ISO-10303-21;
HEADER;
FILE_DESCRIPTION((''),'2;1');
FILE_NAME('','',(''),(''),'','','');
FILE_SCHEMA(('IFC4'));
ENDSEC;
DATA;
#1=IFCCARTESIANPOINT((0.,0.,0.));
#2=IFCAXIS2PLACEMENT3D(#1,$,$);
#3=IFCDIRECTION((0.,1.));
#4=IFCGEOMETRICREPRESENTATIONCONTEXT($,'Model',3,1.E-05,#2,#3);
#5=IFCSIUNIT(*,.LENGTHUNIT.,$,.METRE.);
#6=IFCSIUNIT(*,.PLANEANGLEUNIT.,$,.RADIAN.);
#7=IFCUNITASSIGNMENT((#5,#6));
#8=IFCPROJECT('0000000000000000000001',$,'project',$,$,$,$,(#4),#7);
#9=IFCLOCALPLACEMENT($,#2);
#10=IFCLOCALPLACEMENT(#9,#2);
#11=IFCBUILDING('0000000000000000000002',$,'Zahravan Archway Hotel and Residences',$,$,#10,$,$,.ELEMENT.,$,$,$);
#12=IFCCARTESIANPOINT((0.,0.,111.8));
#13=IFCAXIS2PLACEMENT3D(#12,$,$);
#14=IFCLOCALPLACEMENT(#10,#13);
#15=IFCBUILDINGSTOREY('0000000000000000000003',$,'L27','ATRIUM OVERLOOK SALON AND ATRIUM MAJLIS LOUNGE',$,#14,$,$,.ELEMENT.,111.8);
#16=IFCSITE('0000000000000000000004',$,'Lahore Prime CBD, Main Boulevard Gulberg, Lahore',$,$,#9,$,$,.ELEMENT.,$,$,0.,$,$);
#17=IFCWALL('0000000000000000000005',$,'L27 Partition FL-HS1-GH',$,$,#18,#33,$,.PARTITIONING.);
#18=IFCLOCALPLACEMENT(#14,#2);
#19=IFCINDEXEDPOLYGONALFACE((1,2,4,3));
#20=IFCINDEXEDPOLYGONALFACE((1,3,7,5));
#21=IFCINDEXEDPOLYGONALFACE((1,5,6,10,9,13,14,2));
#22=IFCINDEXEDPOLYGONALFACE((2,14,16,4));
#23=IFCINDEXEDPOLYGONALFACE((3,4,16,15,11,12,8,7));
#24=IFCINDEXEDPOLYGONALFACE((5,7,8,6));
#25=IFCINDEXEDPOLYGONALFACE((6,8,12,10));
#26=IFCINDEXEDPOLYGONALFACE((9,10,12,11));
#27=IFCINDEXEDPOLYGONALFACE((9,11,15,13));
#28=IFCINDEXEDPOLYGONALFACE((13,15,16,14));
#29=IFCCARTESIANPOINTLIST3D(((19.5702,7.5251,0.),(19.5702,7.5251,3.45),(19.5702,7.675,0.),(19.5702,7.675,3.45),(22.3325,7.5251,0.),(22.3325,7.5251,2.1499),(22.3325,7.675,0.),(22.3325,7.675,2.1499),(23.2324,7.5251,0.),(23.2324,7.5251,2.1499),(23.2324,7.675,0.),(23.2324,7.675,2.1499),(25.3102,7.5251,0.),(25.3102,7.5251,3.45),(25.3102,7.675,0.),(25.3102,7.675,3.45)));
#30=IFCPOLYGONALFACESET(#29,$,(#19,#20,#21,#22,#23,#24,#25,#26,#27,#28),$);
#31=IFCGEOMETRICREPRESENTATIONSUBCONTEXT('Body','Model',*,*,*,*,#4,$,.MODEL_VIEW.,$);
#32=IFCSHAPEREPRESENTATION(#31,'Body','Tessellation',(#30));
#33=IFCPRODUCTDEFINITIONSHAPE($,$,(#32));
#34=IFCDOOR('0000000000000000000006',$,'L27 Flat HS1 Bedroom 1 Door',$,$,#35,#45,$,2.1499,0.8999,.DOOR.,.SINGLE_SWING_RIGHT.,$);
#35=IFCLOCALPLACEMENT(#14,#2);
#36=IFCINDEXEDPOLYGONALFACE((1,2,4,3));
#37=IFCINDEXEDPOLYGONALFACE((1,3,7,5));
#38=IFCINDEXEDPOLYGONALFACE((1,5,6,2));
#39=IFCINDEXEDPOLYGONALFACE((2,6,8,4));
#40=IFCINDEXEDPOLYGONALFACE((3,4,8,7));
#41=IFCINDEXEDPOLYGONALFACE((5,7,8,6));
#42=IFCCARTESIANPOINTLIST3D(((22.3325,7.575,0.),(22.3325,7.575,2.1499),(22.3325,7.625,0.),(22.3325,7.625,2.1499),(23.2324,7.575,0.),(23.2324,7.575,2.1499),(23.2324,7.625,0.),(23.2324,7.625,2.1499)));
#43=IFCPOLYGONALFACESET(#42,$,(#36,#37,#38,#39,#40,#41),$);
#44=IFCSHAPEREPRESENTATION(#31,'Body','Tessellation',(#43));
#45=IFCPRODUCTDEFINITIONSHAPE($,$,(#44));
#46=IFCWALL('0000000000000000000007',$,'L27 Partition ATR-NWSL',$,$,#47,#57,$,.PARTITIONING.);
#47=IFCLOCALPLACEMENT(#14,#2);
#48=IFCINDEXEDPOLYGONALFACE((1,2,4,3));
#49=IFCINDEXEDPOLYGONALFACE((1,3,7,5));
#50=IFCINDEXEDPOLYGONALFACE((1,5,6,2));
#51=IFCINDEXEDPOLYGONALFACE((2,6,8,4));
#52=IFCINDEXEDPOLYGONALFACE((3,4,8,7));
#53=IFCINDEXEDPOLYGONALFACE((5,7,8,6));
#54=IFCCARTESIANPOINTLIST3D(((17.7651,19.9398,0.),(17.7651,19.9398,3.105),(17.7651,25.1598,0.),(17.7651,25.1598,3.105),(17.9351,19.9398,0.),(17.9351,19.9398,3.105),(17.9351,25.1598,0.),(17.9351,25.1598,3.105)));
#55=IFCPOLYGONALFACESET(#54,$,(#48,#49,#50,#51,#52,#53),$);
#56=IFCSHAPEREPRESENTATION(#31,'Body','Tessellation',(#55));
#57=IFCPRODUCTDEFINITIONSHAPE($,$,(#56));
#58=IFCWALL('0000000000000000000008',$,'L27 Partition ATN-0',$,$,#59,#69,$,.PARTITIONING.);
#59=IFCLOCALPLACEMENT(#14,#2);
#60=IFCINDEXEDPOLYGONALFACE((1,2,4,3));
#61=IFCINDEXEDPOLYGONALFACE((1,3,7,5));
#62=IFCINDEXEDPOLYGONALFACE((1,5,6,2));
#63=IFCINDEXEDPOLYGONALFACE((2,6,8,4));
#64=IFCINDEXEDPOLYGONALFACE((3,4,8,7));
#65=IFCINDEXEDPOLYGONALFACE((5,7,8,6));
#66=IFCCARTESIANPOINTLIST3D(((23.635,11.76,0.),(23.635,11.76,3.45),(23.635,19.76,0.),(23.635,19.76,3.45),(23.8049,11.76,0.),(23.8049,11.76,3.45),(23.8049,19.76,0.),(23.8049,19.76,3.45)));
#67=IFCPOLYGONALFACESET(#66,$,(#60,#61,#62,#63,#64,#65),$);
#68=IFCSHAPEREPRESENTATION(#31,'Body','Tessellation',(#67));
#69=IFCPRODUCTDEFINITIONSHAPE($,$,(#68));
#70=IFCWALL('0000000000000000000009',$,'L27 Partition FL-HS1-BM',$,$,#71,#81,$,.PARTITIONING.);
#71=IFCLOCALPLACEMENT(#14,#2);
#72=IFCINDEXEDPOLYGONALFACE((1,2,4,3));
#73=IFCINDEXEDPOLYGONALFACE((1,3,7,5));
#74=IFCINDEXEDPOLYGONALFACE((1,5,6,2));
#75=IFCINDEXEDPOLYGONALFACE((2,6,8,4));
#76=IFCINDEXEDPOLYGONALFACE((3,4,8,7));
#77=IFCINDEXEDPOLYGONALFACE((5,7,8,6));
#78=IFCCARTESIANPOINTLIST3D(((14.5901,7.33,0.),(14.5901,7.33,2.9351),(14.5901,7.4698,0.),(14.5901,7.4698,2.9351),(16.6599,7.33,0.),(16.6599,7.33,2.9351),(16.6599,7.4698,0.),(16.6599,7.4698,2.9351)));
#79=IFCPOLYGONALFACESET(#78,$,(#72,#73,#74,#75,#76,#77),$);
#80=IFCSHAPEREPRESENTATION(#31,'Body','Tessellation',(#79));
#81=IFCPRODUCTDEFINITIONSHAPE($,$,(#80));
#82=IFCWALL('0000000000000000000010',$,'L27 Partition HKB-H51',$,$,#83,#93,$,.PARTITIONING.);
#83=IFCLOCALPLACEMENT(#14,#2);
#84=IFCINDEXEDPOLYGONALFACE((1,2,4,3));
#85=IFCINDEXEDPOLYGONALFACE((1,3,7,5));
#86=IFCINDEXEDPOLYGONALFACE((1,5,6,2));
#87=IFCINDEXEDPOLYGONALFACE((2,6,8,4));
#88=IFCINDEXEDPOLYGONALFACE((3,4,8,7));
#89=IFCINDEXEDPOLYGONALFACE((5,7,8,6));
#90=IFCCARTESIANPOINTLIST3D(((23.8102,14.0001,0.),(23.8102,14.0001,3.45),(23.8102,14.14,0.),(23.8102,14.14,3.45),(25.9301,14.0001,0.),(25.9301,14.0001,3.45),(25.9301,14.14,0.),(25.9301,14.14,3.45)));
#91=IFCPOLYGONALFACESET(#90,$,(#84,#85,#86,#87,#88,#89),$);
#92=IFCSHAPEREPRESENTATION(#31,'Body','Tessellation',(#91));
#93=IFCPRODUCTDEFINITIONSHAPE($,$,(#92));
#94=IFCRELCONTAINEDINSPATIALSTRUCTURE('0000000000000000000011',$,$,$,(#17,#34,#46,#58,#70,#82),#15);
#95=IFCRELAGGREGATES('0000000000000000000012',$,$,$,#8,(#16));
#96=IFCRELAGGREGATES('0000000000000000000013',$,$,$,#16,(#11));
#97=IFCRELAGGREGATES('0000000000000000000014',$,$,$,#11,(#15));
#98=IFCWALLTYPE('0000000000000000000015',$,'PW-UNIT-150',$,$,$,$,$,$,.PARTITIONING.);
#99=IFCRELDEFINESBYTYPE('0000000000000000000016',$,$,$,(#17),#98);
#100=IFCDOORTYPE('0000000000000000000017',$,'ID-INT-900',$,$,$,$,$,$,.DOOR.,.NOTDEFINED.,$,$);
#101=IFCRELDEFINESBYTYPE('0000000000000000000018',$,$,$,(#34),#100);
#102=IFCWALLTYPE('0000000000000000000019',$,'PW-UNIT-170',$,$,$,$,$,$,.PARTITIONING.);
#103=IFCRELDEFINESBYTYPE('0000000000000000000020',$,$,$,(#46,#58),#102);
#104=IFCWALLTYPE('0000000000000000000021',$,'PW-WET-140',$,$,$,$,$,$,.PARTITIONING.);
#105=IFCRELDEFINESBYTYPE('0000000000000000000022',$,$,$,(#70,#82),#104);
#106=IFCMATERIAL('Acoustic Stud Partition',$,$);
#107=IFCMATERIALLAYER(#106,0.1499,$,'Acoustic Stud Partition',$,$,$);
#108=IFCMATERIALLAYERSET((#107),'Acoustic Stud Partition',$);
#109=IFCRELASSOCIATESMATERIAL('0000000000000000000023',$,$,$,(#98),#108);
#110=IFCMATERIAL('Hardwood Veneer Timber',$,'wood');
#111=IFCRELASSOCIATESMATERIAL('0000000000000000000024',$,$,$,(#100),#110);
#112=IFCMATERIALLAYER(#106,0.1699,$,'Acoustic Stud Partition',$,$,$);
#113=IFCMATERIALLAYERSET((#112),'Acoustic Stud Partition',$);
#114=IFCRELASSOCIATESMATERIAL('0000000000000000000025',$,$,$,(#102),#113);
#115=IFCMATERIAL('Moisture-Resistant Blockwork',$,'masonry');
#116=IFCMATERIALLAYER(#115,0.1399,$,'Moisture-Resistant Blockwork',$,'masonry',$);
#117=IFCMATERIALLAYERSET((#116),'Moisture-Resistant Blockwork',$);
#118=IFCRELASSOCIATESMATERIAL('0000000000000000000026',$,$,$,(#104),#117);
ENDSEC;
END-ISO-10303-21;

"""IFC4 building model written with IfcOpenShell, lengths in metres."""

from ifc_helpers import new_model, si_unit, direction, frame, frame_2d, origin, place, context, subcontext, project, spatial, rectangle, extrude, source, transform, mapped, material, layer, layer_set, type_object, type_shapes, element, fill, save


model = new_model("IFC4")

# Units and contexts
model_context = context("Model", 3, precision=1e-05, world=origin(), true_north=direction((0.0, 1.0)))
body_context = subcontext(model_context, "Body", "Model", "MODEL_VIEW")
ifc_project = project(units=[si_unit("LENGTHUNIT", "METRE"), si_unit("PLANEANGLEUNIT", "RADIAN")], contexts=[model_context])

# Site, building, storey
site_placement = place(None, origin())
site = spatial("IfcSite", under=ifc_project, at=site_placement, Name="Lahore Prime CBD, Main Boulevard Gulberg, Lahore", CompositionType="ELEMENT", RefElevation=0.0)
building_placement = place(site_placement, origin())
building = spatial("IfcBuilding", under=site, at=building_placement, Name="Zahravan Archway Hotel and Residences", CompositionType="ELEMENT")
storey_placement = place(building_placement, frame((0.0, 0.0, 111.8)))
storey = spatial("IfcBuildingStorey", under=building, at=storey_placement, Name="L27", Description="ATRIUM OVERLOOK SALON AND ATRIUM MAJLIS LOUNGE", CompositionType="ELEMENT", Elevation=111.8)

# Shared definitions
ifc_material_1 = material(Name="Hardwood Veneer Timber", Category="wood")

# Wall, opening, door
ifc_material_2 = material(Name="Acoustic Stud Partition")
ifc_layer_1 = layer(ifc_material_2, 0.1499, Name="Acoustic Stud Partition")
ifc_layer_set_1 = layer_set([ifc_layer_1], Name="Acoustic Stud Partition")
wall_type_1 = type_object("IfcWallType", Name="PW-UNIT-150", PredefinedType="PARTITIONING", material=ifc_layer_set_1)
wall_1_placement = place(storey_placement, frame((19.5701, 7.6001, 0.0), z_axis=(0.0, 0.0, 1.0), x_axis=(1.0, 0.0, 0.0)))
wall_1 = element("IfcWall", 1, at=wall_1_placement, inside=storey, type_object=wall_type_1, Name="L27 Partition FL-HS1-GH", PredefinedType="PARTITIONING", context=body_context, shape_type="SweptSolid", body=[
    extrude(rectangle(XDim=5.74, YDim=0.1499, at=frame_2d((2.8701, 0.0))), origin(), (0.0, 0.0, 1.0), 3.45),
])
opening_1_placement = place(wall_1_placement, frame((2.7625, 0.0, 0.0)))
opening_1 = element("IfcOpeningElement", 2, at=opening_1_placement, cuts=wall_1, PredefinedType="OPENING", context=body_context, shape_type="SweptSolid", body=[
    extrude(rectangle(XDim=0.8999, YDim=2.1499, at=frame_2d((0.45, 1.075))), frame((0.0, 0.085, 0.0), z_axis=(0.0, -1.0, 0.0), x_axis=(1.0, 0.0, 0.0)), (0.0, 0.0, 1.0), 0.1699),
])
door_type_1 = type_object("IfcDoorType", Name="ID-INT-900", OperationType="NOTDEFINED", PredefinedType="DOOR", material=ifc_material_1)
shared_shape_1 = source(origin(), body_context, "Body", "SweptSolid", [
    extrude(rectangle(XDim=0.8999, YDim=2.1499, at=frame_2d((0.45, 1.075))), frame((0.0, 0.0249, 0.0), z_axis=(0.0, -1.0, 0.0), x_axis=(1.0, 0.0, 0.0)), (0.0, 0.0, 1.0), 0.05),
])
type_shapes(door_type_1, [shared_shape_1])
door_1_placement = place(opening_1_placement, origin())
door_1 = element("IfcDoor", 3, at=door_1_placement, inside=storey, type_object=door_type_1, Name="L27 Flat HS1 Bedroom 1 Door", OperationType="SINGLE_SWING_RIGHT", OverallHeight=2.1499, OverallWidth=0.8999, PredefinedType="DOOR", context=body_context, shape_type="MappedRepresentation", body=[
    mapped(shared_shape_1, transform((0.0, 0.0, 0.0), scale=1.0)),
])
fill(opening_1, door_1)

# Walls
ifc_layer_2 = layer(ifc_material_2, 0.1699, Name="Acoustic Stud Partition")
ifc_layer_set_2 = layer_set([ifc_layer_2], Name="Acoustic Stud Partition")
wall_type_2 = type_object("IfcWallType", Name="PW-UNIT-170", PredefinedType="PARTITIONING", material=ifc_layer_set_2)
wall_2_placement = place(storey_placement, frame((17.8501, 19.9399, 0.0), z_axis=(0.0, 0.0, 1.0), x_axis=(0.0, 1.0, 0.0)))
element("IfcWall", 4, at=wall_2_placement, inside=storey, type_object=wall_type_2, Name="L27 Partition ATR-NWSL", PredefinedType="PARTITIONING", context=body_context, shape_type="SweptSolid", body=[
    extrude(rectangle(XDim=5.22, YDim=0.1699, at=frame_2d((2.6099, 0.0))), origin(), (0.0, 0.0, 1.0), 3.105),
])
wall_3_placement = place(storey_placement, frame((23.72, 11.76, 0.0), z_axis=(0.0, 0.0, 1.0), x_axis=(0.0, 1.0, 0.0)))
element("IfcWall", 5, at=wall_3_placement, inside=storey, type_object=wall_type_2, Name="L27 Partition ATN-0", PredefinedType="PARTITIONING", context=body_context, shape_type="SweptSolid", body=[
    extrude(rectangle(XDim=8.0, YDim=0.1699, at=frame_2d((4.0, 0.0))), origin(), (0.0, 0.0, 1.0), 3.45),
])
ifc_material_3 = material(Name="Moisture-Resistant Blockwork", Category="masonry")
ifc_layer_3 = layer(ifc_material_3, 0.1399, Name="Moisture-Resistant Blockwork", Category="masonry")
ifc_layer_set_3 = layer_set([ifc_layer_3], Name="Moisture-Resistant Blockwork")
wall_type_3 = type_object("IfcWallType", Name="PW-WET-140", PredefinedType="PARTITIONING", material=ifc_layer_set_3)
wall_4_placement = place(storey_placement, frame((14.5901, 7.3999, 0.0), z_axis=(0.0, 0.0, 1.0), x_axis=(1.0, 0.0, 0.0)))
element("IfcWall", 6, at=wall_4_placement, inside=storey, type_object=wall_type_3, Name="L27 Partition FL-HS1-BM", PredefinedType="PARTITIONING", context=body_context, shape_type="SweptSolid", body=[
    extrude(rectangle(XDim=2.0698, YDim=0.1399, at=frame_2d((1.0349, 0.0))), origin(), (0.0, 0.0, 1.0), 2.9351),
])
wall_5_placement = place(storey_placement, frame((23.8101, 14.0701, 0.0), z_axis=(0.0, 0.0, 1.0), x_axis=(1.0, 0.0, 0.0)))
element("IfcWall", 7, at=wall_5_placement, inside=storey, type_object=wall_type_3, Name="L27 Partition HKB-H51", PredefinedType="PARTITIONING", context=body_context, shape_type="SweptSolid", body=[
    extrude(rectangle(XDim=2.1199, YDim=0.1399, at=frame_2d((1.0601, 0.0))), origin(), (0.0, 0.0, 1.0), 3.45),
])

save(model, "model.ifc")
